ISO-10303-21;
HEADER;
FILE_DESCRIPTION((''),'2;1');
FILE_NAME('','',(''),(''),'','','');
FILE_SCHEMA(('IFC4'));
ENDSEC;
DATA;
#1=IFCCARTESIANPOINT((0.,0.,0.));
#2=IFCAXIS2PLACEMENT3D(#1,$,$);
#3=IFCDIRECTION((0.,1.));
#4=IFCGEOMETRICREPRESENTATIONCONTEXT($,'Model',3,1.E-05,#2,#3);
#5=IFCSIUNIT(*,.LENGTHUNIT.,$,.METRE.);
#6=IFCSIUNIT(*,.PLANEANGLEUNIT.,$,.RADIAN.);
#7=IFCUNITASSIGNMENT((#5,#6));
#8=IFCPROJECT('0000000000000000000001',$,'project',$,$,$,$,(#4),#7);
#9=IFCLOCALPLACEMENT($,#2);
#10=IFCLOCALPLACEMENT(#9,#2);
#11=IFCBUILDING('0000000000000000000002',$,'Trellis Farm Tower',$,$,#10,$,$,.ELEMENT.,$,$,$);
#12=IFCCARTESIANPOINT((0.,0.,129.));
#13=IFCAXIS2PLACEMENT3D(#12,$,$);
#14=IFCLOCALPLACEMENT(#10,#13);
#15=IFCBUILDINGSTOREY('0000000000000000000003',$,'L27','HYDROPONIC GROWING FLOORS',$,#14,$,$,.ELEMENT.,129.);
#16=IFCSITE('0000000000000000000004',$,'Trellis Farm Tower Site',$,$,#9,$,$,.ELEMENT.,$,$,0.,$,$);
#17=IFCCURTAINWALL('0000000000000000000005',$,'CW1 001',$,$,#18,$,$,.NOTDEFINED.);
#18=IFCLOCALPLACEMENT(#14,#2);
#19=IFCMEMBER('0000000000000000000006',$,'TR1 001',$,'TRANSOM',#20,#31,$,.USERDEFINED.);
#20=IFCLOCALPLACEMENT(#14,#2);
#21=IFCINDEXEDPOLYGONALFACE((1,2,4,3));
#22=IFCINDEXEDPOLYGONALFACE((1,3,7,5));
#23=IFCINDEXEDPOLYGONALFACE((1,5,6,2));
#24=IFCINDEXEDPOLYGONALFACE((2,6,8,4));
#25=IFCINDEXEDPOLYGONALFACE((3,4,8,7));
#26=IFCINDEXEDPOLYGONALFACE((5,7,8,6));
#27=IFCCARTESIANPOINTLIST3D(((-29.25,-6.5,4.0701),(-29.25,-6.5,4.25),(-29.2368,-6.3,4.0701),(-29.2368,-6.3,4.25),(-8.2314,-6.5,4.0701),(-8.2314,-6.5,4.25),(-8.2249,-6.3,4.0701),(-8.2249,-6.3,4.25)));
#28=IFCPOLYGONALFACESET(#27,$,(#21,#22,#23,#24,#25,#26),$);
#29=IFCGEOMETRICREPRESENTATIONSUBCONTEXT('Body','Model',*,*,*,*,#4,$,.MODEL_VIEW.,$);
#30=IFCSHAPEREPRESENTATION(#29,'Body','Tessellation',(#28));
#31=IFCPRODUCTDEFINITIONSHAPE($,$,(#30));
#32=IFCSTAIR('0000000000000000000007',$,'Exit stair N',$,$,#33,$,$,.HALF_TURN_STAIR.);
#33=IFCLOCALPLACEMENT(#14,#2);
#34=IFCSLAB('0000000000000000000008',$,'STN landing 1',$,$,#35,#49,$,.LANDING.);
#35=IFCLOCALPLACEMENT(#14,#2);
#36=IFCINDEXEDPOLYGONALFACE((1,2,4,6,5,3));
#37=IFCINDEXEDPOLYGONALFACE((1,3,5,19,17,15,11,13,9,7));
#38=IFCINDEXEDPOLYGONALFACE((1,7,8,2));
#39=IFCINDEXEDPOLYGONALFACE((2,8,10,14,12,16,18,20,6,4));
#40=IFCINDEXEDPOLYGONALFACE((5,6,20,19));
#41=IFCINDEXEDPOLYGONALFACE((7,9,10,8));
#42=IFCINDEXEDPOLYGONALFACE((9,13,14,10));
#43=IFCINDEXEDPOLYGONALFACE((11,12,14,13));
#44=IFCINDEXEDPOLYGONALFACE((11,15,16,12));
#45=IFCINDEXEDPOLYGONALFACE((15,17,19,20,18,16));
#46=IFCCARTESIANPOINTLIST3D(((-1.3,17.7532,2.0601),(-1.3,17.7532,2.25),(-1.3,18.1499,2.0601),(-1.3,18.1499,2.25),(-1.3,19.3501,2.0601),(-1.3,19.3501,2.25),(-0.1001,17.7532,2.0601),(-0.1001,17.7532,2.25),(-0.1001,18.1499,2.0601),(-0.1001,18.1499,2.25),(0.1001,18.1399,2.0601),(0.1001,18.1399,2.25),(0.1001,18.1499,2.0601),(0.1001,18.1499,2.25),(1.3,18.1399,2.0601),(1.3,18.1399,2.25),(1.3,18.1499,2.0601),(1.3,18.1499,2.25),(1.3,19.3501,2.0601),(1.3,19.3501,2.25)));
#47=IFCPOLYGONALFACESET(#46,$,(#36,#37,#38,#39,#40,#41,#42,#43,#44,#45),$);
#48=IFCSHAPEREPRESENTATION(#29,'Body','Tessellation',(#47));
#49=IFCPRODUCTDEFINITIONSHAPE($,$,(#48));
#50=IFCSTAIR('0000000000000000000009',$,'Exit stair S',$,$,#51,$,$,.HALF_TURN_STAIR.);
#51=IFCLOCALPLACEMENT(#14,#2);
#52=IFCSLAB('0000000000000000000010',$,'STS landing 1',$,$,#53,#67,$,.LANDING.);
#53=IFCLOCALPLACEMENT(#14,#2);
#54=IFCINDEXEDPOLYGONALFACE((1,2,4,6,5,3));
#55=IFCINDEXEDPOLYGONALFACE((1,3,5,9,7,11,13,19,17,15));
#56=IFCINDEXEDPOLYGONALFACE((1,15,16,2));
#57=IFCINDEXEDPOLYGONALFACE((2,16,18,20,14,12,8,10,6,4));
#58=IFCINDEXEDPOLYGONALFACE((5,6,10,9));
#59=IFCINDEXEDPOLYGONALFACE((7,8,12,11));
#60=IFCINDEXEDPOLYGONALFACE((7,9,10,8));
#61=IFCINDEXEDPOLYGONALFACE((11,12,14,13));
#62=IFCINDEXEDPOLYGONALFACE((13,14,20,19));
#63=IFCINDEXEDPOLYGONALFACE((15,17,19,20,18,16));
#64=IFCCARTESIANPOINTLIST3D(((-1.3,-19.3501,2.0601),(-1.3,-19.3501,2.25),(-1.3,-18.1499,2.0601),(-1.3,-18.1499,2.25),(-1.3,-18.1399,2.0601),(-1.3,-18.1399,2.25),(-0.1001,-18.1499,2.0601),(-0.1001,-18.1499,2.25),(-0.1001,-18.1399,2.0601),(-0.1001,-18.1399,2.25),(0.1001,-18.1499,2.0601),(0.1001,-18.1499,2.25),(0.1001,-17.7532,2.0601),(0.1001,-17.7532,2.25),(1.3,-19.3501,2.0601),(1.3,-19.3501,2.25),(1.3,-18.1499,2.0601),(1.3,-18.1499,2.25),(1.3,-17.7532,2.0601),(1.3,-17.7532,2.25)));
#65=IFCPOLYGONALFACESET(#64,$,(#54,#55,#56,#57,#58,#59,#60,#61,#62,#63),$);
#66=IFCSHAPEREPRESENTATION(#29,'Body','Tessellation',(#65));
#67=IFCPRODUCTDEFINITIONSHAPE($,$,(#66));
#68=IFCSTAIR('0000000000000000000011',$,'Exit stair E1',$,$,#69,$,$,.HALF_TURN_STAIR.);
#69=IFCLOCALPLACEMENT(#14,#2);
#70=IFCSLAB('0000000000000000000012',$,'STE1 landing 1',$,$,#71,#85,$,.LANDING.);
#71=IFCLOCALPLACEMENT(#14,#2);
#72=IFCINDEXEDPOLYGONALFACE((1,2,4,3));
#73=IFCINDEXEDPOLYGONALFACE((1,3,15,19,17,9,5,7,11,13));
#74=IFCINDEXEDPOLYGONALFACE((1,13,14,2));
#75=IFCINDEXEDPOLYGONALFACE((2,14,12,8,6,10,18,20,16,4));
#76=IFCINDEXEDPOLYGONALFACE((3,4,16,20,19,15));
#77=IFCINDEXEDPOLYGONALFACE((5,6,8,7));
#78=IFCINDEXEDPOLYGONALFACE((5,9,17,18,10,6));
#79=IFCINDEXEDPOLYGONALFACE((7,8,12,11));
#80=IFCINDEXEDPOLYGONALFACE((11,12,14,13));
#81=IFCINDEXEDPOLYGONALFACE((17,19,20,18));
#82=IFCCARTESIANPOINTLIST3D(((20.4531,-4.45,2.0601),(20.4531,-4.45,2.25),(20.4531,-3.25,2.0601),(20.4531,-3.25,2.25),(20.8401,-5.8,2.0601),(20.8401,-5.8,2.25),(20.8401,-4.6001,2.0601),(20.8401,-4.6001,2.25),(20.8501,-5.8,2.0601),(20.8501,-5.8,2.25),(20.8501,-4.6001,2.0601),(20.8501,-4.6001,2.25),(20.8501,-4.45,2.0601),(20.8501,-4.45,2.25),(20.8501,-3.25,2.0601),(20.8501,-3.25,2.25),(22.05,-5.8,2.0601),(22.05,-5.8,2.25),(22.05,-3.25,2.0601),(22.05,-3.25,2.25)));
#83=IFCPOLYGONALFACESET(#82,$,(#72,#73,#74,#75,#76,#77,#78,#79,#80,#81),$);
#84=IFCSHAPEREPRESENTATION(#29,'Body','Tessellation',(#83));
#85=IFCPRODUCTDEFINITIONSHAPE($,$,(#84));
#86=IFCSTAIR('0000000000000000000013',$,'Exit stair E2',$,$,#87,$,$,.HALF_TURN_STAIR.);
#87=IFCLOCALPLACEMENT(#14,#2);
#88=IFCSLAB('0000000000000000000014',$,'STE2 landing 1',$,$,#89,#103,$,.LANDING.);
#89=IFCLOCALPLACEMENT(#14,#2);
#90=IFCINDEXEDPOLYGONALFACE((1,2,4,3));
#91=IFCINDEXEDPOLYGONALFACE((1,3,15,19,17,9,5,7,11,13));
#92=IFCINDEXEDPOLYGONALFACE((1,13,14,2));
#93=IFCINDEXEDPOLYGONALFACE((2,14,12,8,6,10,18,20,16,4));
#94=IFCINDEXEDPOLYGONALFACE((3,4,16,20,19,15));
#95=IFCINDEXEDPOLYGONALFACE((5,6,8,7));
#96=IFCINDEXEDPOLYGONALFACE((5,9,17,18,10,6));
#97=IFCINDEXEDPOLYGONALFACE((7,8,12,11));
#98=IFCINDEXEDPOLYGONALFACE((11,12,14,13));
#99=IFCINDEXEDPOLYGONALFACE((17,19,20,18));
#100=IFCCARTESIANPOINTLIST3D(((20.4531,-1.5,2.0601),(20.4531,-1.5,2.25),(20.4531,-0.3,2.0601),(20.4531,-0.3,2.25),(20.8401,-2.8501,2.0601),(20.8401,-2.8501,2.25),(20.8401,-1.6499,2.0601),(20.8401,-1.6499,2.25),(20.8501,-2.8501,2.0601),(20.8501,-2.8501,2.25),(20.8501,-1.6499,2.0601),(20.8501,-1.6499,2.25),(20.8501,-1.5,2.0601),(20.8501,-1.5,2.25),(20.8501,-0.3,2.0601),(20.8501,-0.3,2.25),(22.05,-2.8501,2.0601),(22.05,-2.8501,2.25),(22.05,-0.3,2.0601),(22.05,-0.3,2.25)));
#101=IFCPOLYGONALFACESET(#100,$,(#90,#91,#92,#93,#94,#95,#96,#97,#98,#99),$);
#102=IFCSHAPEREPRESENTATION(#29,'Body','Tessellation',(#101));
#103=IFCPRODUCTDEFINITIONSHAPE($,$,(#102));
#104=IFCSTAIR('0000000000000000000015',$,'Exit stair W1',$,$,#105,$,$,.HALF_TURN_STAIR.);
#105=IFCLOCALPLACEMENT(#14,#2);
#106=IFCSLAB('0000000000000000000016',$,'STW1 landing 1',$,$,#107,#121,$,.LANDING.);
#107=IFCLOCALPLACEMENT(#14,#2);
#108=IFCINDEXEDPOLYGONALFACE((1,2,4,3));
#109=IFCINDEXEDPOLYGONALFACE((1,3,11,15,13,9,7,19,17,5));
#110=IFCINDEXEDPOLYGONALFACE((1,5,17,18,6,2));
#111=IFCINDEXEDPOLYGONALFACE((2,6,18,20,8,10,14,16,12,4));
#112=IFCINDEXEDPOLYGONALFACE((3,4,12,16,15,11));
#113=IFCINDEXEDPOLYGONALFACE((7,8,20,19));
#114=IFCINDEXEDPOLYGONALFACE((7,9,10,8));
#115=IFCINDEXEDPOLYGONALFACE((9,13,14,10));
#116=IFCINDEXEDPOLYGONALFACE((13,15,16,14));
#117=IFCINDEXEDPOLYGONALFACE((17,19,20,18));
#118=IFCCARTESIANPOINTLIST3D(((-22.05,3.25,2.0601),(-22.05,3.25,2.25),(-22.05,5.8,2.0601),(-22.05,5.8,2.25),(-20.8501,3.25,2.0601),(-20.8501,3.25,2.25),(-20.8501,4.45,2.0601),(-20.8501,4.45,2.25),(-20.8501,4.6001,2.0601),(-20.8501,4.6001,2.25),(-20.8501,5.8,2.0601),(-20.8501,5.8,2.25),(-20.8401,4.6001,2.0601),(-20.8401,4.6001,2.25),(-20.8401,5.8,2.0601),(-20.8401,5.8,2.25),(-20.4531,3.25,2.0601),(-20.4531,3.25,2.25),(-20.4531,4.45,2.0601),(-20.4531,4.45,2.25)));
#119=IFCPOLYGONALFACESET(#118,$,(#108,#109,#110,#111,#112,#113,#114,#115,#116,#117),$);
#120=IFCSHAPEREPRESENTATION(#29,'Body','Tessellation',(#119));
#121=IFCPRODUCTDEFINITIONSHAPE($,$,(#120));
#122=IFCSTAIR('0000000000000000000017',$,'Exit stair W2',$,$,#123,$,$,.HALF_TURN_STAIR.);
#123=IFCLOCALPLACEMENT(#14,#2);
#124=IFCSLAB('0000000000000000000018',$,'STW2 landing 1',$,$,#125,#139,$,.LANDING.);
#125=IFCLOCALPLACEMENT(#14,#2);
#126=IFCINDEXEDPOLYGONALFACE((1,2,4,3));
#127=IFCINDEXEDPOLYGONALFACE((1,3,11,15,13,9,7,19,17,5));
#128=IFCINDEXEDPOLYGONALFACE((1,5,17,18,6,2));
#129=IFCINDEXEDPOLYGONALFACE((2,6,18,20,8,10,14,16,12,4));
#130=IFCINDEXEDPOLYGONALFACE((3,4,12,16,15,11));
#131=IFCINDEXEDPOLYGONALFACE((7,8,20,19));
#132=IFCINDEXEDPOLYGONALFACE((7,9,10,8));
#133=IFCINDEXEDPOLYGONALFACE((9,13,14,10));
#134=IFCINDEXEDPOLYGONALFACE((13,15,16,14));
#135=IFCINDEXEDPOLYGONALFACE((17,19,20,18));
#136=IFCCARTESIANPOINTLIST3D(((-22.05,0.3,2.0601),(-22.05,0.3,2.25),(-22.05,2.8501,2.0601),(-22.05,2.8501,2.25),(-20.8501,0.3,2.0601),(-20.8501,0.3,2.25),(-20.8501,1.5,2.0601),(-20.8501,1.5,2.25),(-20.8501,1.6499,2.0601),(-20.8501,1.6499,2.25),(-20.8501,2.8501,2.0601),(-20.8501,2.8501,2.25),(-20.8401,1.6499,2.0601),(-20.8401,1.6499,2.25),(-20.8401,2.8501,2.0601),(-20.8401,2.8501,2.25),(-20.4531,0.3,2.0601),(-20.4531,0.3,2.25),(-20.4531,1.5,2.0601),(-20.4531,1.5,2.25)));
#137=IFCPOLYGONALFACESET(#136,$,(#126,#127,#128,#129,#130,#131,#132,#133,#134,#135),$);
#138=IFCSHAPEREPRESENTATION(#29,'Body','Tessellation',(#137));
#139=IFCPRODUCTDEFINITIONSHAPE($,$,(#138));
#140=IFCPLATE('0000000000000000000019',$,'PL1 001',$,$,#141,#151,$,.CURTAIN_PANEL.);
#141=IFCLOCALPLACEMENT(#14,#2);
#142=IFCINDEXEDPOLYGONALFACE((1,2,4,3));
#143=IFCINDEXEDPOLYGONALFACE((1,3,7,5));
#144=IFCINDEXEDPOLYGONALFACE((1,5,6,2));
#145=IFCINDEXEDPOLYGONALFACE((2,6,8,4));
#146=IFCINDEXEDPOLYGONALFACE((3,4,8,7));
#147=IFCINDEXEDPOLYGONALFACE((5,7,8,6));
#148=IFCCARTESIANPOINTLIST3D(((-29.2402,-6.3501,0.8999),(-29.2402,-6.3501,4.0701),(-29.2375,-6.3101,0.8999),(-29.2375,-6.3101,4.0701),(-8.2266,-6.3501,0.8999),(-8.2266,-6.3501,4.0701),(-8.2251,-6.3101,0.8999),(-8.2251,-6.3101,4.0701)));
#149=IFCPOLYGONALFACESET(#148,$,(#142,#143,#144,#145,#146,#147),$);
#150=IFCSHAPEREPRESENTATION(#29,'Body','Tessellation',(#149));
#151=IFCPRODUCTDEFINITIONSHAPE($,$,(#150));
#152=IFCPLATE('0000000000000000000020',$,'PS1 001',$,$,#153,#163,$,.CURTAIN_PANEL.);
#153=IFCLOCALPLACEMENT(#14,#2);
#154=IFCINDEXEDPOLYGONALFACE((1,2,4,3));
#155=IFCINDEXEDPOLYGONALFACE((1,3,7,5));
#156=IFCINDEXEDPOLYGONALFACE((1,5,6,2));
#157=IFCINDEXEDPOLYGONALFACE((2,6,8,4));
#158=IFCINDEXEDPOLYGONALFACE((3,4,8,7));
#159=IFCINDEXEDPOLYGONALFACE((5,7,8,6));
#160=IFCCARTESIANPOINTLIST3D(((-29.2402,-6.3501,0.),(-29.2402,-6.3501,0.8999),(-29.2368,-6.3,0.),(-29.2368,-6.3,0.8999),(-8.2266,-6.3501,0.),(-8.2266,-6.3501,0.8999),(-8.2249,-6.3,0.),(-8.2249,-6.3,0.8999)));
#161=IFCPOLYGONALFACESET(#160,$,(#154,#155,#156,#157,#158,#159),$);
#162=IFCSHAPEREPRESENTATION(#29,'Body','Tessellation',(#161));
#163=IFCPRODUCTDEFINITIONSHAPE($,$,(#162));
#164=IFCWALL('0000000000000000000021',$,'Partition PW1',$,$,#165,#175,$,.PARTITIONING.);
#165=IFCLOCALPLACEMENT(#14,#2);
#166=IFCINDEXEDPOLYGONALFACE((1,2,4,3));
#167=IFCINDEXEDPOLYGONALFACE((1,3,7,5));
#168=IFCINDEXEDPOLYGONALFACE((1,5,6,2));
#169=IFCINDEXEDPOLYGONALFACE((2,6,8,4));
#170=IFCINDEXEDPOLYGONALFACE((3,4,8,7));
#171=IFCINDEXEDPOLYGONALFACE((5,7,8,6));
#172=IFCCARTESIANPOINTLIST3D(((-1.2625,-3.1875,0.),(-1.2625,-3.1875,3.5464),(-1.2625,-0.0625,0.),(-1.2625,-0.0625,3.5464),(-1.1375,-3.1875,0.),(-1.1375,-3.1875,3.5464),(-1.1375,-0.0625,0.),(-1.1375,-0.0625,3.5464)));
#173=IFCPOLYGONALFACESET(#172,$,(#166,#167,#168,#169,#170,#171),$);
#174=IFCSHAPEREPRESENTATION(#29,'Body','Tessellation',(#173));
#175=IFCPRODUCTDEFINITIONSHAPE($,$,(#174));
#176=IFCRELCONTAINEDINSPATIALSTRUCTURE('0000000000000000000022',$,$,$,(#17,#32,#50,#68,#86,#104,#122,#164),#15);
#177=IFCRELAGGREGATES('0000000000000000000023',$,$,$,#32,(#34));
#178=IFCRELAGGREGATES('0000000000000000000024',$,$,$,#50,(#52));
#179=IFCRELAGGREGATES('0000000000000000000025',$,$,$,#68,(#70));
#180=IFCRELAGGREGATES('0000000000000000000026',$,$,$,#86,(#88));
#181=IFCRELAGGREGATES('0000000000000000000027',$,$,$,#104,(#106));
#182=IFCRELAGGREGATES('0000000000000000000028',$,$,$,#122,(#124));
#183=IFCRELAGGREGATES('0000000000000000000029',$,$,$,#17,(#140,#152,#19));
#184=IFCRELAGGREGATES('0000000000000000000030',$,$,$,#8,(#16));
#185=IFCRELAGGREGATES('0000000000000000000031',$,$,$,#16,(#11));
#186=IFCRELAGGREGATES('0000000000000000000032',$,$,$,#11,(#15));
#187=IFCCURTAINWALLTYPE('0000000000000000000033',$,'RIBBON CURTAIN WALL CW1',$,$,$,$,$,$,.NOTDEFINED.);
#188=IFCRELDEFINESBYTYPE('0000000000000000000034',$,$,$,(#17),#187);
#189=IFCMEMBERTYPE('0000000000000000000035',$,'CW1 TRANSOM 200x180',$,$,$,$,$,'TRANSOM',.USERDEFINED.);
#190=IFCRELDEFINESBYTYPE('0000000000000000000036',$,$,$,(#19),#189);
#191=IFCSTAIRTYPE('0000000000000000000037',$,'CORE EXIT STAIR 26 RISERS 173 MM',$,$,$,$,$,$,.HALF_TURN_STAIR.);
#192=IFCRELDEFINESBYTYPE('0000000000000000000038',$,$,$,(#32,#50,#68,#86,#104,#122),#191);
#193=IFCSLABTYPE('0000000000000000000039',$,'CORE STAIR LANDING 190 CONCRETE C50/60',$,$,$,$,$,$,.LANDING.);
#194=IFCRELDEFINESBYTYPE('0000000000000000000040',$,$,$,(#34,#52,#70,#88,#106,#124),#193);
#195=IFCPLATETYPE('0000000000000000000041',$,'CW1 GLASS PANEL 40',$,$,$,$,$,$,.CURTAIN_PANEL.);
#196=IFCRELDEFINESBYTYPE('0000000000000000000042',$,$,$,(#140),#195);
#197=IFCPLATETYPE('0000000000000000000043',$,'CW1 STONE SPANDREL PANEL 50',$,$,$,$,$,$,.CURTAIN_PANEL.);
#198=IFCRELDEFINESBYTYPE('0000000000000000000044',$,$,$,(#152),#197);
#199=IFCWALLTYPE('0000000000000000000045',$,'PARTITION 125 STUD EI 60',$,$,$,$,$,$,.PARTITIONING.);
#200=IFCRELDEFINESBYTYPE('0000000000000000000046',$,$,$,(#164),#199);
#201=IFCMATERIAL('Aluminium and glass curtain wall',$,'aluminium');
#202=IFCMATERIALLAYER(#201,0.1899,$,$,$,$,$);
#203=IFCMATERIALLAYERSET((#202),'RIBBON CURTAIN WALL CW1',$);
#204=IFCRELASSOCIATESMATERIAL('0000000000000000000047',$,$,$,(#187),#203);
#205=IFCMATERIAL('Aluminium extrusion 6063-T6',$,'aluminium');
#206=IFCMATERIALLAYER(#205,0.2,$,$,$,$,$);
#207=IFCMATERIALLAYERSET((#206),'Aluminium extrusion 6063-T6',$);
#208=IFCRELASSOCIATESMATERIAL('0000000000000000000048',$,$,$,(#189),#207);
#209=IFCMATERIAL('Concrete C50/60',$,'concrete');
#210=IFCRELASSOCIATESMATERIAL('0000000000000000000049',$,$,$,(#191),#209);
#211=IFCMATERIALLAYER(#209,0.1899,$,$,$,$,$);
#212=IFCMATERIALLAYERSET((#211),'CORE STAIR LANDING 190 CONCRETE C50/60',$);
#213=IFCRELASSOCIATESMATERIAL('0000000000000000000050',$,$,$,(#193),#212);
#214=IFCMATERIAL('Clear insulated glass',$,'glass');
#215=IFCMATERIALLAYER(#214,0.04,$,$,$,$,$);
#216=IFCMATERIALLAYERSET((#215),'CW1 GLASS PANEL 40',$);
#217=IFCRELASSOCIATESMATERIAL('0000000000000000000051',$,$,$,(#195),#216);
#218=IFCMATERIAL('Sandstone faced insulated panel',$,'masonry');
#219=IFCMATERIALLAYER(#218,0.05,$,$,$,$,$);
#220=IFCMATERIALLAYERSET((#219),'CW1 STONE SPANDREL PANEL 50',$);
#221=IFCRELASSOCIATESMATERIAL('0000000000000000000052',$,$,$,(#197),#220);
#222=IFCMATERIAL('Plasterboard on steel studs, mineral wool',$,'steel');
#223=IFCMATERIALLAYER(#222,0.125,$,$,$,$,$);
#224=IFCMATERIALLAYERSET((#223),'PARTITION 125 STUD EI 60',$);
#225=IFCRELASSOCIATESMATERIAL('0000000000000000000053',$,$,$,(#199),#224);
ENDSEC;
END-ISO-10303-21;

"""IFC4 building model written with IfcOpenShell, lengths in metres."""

from ifc_helpers import new_model, si_unit, direction, frame, frame_2d, origin, place, context, subcontext, project, spatial, polyline, rectangle, outline, extrude, source, transform, mapped, material, layer, layer_set, type_object, element, aggregate, save


model = new_model("IFC4")

# Units and contexts
model_context = context("Model", 3, precision=1e-05, world=origin(), true_north=direction((0.0, 1.0)))
body_context = subcontext(model_context, "Body", "Model", "MODEL_VIEW")
ifc_project = project(units=[si_unit("LENGTHUNIT", "METRE"), si_unit("PLANEANGLEUNIT", "RADIAN")], contexts=[model_context])

# Site, building, storey
site_placement = place(None, origin())
site = spatial("IfcSite", under=ifc_project, at=site_placement, Name="Trellis Farm Tower Site", CompositionType="ELEMENT", RefElevation=0.0)
building_placement = place(site_placement, origin())
building = spatial("IfcBuilding", under=site, at=building_placement, Name="Trellis Farm Tower", CompositionType="ELEMENT")
storey_placement = place(building_placement, frame((0.0, 0.0, 129.0)))
storey = spatial("IfcBuildingStorey", under=building, at=storey_placement, Name="L27", Description="HYDROPONIC GROWING FLOORS", CompositionType="ELEMENT", Elevation=129.0)

# Curtain wall, member
ifc_material_1 = material(Name="Aluminium and glass curtain wall", Category="aluminium")
ifc_layer_1 = layer(ifc_material_1, 0.1899)
ifc_layer_set_1 = layer_set([ifc_layer_1], Name="RIBBON CURTAIN WALL CW1")
curtain_wall_type = type_object("IfcCurtainWallType", Name="RIBBON CURTAIN WALL CW1", PredefinedType="NOTDEFINED", material=ifc_layer_set_1)
placement_1 = place(storey_placement, origin())
curtain_wall = element("IfcCurtainWall", 1, at=placement_1, inside=storey, type_object=curtain_wall_type, Name="CW1 001", PredefinedType="NOTDEFINED")
ifc_material_2 = material(Name="Aluminium extrusion 6063-T6", Category="aluminium")
ifc_layer_2 = layer(ifc_material_2, 0.2)
ifc_layer_set_2 = layer_set([ifc_layer_2], Name="Aluminium extrusion 6063-T6")
member_type = type_object("IfcMemberType", Name="CW1 TRANSOM 200x180", ElementType="TRANSOM", PredefinedType="USERDEFINED", material=ifc_layer_set_2)
shared_shape_1 = source(origin(), body_context, "Body", "SweptSolid", [
    extrude(outline(polyline([(-29.25, -6.5), (-8.2314, -6.5), (-8.2249, -6.3), (-29.2368, -6.3), (-29.25, -6.5)])), origin(), (0.0, 0.0, 1.0), 0.1799),
])
member_placement = place(storey_placement, frame((0.0, 0.0, 4.0701)))
member = element("IfcMember", 2, at=member_placement, type_object=member_type, Name="TR1 001", ObjectType="TRANSOM", PredefinedType="USERDEFINED", context=body_context, shape_type="MappedRepresentation", body=[
    mapped(shared_shape_1, transform((0.0, 0.0, 0.0))),
])

# Stairs, slabs
ifc_material_3 = material(Name="Concrete C50/60", Category="concrete")
stair_type = type_object("IfcStairType", Name="CORE EXIT STAIR 26 RISERS 173 MM", PredefinedType="HALF_TURN_STAIR", material=ifc_material_3)
stair_1 = element("IfcStair", 3, at=placement_1, inside=storey, type_object=stair_type, Name="Exit stair N", PredefinedType="HALF_TURN_STAIR")
ifc_layer_3 = layer(ifc_material_3, 0.1899)
ifc_layer_set_3 = layer_set([ifc_layer_3], Name="CORE STAIR LANDING 190 CONCRETE C50/60")
slab_type_1 = type_object("IfcSlabType", Name="CORE STAIR LANDING 190 CONCRETE C50/60", PredefinedType="LANDING", material=ifc_layer_set_3)
shared_shape_2 = source(origin(), body_context, "Body", "SweptSolid", [
    extrude(outline(polyline([(-0.1001, 17.7532), (-1.3, 17.7532), (-1.3, 18.1499), (-1.3, 19.3501), (1.3, 19.3501), (1.3, 18.1499), (1.3, 18.1399), (0.1001, 18.1399), (0.1001, 18.1499), (-0.1001, 18.1499), (-0.1001, 17.7532)])), origin(), (0.0, 0.0, 1.0), 0.1899),
])
placement_2 = place(storey_placement, frame((0.0, 0.0, 2.0601)))
slab_1 = element("IfcSlab", 4, at=placement_2, type_object=slab_type_1, Name="STN landing 1", PredefinedType="LANDING", context=body_context, shape_type="MappedRepresentation", body=[
    mapped(shared_shape_2, transform((0.0, 0.0, 0.0))),
])
aggregate(stair_1, [slab_1])
stair_2 = element("IfcStair", 5, at=placement_1, inside=storey, type_object=stair_type, Name="Exit stair S", PredefinedType="HALF_TURN_STAIR")
shared_shape_3 = source(origin(), body_context, "Body", "SweptSolid", [
    extrude(outline(polyline([(1.3, -19.3501), (-1.3, -19.3501), (-1.3, -18.1499), (-1.3, -18.1399), (-0.1001, -18.1399), (-0.1001, -18.1499), (0.1001, -18.1499), (0.1001, -17.7532), (1.3, -17.7532), (1.3, -18.1499), (1.3, -19.3501)])), origin(), (0.0, 0.0, 1.0), 0.1899),
])
slab_2 = element("IfcSlab", 6, at=placement_2, type_object=slab_type_1, Name="STS landing 1", PredefinedType="LANDING", context=body_context, shape_type="MappedRepresentation", body=[
    mapped(shared_shape_3, transform((0.0, 0.0, 0.0))),
])
aggregate(stair_2, [slab_2])
stair_3 = element("IfcStair", 7, at=placement_1, inside=storey, type_object=stair_type, Name="Exit stair E1", PredefinedType="HALF_TURN_STAIR")
shared_shape_4 = source(origin(), body_context, "Body", "SweptSolid", [
    extrude(outline(polyline([(20.8401, -5.8), (20.8401, -4.6001), (20.8501, -4.6001), (20.8501, -4.45), (20.4531, -4.45), (20.4531, -3.25), (20.8501, -3.25), (22.05, -3.25), (22.05, -5.8), (20.8501, -5.8), (20.8401, -5.8)])), origin(), (0.0, 0.0, 1.0), 0.1899),
])
slab_3 = element("IfcSlab", 8, at=placement_2, type_object=slab_type_1, Name="STE1 landing 1", PredefinedType="LANDING", context=body_context, shape_type="MappedRepresentation", body=[
    mapped(shared_shape_4, transform((0.0, 0.0, 0.0))),
])
aggregate(stair_3, [slab_3])
stair_4 = element("IfcStair", 9, at=placement_1, inside=storey, type_object=stair_type, Name="Exit stair E2", PredefinedType="HALF_TURN_STAIR")
shared_shape_5 = source(origin(), body_context, "Body", "SweptSolid", [
    extrude(outline(polyline([(20.8401, -2.8501), (20.8401, -1.6499), (20.8501, -1.6499), (20.8501, -1.5), (20.4531, -1.5), (20.4531, -0.3), (20.8501, -0.3), (22.05, -0.3), (22.05, -2.8501), (20.8501, -2.8501), (20.8401, -2.8501)])), origin(), (0.0, 0.0, 1.0), 0.1899),
])
slab_4 = element("IfcSlab", 10, at=placement_2, type_object=slab_type_1, Name="STE2 landing 1", PredefinedType="LANDING", context=body_context, shape_type="MappedRepresentation", body=[
    mapped(shared_shape_5, transform((0.0, 0.0, 0.0))),
])
aggregate(stair_4, [slab_4])
stair_5 = element("IfcStair", 11, at=placement_1, inside=storey, type_object=stair_type, Name="Exit stair W1", PredefinedType="HALF_TURN_STAIR")
shared_shape_6 = source(origin(), body_context, "Body", "SweptSolid", [
    extrude(outline(polyline([(-20.4531, 4.45), (-20.4531, 3.25), (-20.8501, 3.25), (-22.05, 3.25), (-22.05, 5.8), (-20.8501, 5.8), (-20.8401, 5.8), (-20.8401, 4.6001), (-20.8501, 4.6001), (-20.8501, 4.45), (-20.4531, 4.45)])), origin(), (0.0, 0.0, 1.0), 0.1899),
])
slab_5 = element("IfcSlab", 12, at=placement_2, type_object=slab_type_1, Name="STW1 landing 1", PredefinedType="LANDING", context=body_context, shape_type="MappedRepresentation", body=[
    mapped(shared_shape_6, transform((0.0, 0.0, 0.0))),
])
aggregate(stair_5, [slab_5])
stair_6 = element("IfcStair", 13, at=placement_1, inside=storey, type_object=stair_type, Name="Exit stair W2", PredefinedType="HALF_TURN_STAIR")
shared_shape_7 = source(origin(), body_context, "Body", "SweptSolid", [
    extrude(outline(polyline([(-20.4531, 1.5), (-20.4531, 0.3), (-20.8501, 0.3), (-22.05, 0.3), (-22.05, 2.8501), (-20.8501, 2.8501), (-20.8401, 2.8501), (-20.8401, 1.6499), (-20.8501, 1.6499), (-20.8501, 1.5), (-20.4531, 1.5)])), origin(), (0.0, 0.0, 1.0), 0.1899),
])
slab_6 = element("IfcSlab", 14, at=placement_2, type_object=slab_type_1, Name="STW2 landing 1", PredefinedType="LANDING", context=body_context, shape_type="MappedRepresentation", body=[
    mapped(shared_shape_7, transform((0.0, 0.0, 0.0))),
])
aggregate(stair_6, [slab_6])

# Plates
ifc_material_4 = material(Name="Clear insulated glass", Category="glass")
ifc_layer_4 = layer(ifc_material_4, 0.04)
ifc_layer_set_4 = layer_set([ifc_layer_4], Name="CW1 GLASS PANEL 40")
plate_type_1 = type_object("IfcPlateType", Name="CW1 GLASS PANEL 40", PredefinedType="CURTAIN_PANEL", material=ifc_layer_set_4)
shared_shape_8 = source(origin(), body_context, "Body", "SweptSolid", [
    extrude(outline(polyline([(-29.2402, -6.3501), (-8.2266, -6.3501), (-8.2251, -6.3101), (-29.2375, -6.3101), (-29.2402, -6.3501)])), origin(), (0.0, 0.0, 1.0), 3.1702),
])
plate_1_placement = place(storey_placement, frame((0.0, 0.0, 0.8999)))
plate_1 = element("IfcPlate", 15, at=plate_1_placement, type_object=plate_type_1, Name="PL1 001", PredefinedType="CURTAIN_PANEL", context=body_context, shape_type="MappedRepresentation", body=[
    mapped(shared_shape_8, transform((0.0, 0.0, 0.0))),
])
ifc_material_5 = material(Name="Sandstone faced insulated panel", Category="masonry")
ifc_layer_5 = layer(ifc_material_5, 0.05)
ifc_layer_set_5 = layer_set([ifc_layer_5], Name="CW1 STONE SPANDREL PANEL 50")
plate_type_2 = type_object("IfcPlateType", Name="CW1 STONE SPANDREL PANEL 50", PredefinedType="CURTAIN_PANEL", material=ifc_layer_set_5)
shared_shape_9 = source(origin(), body_context, "Body", "SweptSolid", [
    extrude(outline(polyline([(-29.2402, -6.3501), (-8.2266, -6.3501), (-8.2249, -6.3), (-29.2368, -6.3), (-29.2402, -6.3501)])), origin(), (0.0, 0.0, 1.0), 0.8999),
])
plate_2 = element("IfcPlate", 16, at=placement_1, type_object=plate_type_2, Name="PS1 001", PredefinedType="CURTAIN_PANEL", context=body_context, shape_type="MappedRepresentation", body=[
    mapped(shared_shape_9, transform((0.0, 0.0, 0.0))),
])
aggregate(curtain_wall, [plate_1, plate_2, member])

# Wall
ifc_material_6 = material(Name="Plasterboard on steel studs, mineral wool", Category="steel")
ifc_layer_6 = layer(ifc_material_6, 0.125)
ifc_layer_set_6 = layer_set([ifc_layer_6], Name="PARTITION 125 STUD EI 60")
wall_type = type_object("IfcWallType", Name="PARTITION 125 STUD EI 60", PredefinedType="PARTITIONING", material=ifc_layer_set_6)
shared_shape_10 = source(origin(), body_context, "Body", "SweptSolid", [
    extrude(rectangle(XDim=3.125, YDim=0.125, at=frame_2d((1.5625, 0.0))), origin(), (0.0, 0.0, 1.0), 3.5464),
])
wall_1_placement = place(storey_placement, frame((-1.2, -0.0625, 0.0), z_axis=(0.0, 0.0, 1.0), x_axis=(0.0, -1.0, 0.0)))
element("IfcWall", 17, at=wall_1_placement, inside=storey, type_object=wall_type, Name="Partition PW1", PredefinedType="PARTITIONING", context=body_context, shape_type="MappedRepresentation", body=[
    mapped(shared_shape_10, transform((0.0, 0.0, 0.0))),
])

save(model, "model.ifc")
